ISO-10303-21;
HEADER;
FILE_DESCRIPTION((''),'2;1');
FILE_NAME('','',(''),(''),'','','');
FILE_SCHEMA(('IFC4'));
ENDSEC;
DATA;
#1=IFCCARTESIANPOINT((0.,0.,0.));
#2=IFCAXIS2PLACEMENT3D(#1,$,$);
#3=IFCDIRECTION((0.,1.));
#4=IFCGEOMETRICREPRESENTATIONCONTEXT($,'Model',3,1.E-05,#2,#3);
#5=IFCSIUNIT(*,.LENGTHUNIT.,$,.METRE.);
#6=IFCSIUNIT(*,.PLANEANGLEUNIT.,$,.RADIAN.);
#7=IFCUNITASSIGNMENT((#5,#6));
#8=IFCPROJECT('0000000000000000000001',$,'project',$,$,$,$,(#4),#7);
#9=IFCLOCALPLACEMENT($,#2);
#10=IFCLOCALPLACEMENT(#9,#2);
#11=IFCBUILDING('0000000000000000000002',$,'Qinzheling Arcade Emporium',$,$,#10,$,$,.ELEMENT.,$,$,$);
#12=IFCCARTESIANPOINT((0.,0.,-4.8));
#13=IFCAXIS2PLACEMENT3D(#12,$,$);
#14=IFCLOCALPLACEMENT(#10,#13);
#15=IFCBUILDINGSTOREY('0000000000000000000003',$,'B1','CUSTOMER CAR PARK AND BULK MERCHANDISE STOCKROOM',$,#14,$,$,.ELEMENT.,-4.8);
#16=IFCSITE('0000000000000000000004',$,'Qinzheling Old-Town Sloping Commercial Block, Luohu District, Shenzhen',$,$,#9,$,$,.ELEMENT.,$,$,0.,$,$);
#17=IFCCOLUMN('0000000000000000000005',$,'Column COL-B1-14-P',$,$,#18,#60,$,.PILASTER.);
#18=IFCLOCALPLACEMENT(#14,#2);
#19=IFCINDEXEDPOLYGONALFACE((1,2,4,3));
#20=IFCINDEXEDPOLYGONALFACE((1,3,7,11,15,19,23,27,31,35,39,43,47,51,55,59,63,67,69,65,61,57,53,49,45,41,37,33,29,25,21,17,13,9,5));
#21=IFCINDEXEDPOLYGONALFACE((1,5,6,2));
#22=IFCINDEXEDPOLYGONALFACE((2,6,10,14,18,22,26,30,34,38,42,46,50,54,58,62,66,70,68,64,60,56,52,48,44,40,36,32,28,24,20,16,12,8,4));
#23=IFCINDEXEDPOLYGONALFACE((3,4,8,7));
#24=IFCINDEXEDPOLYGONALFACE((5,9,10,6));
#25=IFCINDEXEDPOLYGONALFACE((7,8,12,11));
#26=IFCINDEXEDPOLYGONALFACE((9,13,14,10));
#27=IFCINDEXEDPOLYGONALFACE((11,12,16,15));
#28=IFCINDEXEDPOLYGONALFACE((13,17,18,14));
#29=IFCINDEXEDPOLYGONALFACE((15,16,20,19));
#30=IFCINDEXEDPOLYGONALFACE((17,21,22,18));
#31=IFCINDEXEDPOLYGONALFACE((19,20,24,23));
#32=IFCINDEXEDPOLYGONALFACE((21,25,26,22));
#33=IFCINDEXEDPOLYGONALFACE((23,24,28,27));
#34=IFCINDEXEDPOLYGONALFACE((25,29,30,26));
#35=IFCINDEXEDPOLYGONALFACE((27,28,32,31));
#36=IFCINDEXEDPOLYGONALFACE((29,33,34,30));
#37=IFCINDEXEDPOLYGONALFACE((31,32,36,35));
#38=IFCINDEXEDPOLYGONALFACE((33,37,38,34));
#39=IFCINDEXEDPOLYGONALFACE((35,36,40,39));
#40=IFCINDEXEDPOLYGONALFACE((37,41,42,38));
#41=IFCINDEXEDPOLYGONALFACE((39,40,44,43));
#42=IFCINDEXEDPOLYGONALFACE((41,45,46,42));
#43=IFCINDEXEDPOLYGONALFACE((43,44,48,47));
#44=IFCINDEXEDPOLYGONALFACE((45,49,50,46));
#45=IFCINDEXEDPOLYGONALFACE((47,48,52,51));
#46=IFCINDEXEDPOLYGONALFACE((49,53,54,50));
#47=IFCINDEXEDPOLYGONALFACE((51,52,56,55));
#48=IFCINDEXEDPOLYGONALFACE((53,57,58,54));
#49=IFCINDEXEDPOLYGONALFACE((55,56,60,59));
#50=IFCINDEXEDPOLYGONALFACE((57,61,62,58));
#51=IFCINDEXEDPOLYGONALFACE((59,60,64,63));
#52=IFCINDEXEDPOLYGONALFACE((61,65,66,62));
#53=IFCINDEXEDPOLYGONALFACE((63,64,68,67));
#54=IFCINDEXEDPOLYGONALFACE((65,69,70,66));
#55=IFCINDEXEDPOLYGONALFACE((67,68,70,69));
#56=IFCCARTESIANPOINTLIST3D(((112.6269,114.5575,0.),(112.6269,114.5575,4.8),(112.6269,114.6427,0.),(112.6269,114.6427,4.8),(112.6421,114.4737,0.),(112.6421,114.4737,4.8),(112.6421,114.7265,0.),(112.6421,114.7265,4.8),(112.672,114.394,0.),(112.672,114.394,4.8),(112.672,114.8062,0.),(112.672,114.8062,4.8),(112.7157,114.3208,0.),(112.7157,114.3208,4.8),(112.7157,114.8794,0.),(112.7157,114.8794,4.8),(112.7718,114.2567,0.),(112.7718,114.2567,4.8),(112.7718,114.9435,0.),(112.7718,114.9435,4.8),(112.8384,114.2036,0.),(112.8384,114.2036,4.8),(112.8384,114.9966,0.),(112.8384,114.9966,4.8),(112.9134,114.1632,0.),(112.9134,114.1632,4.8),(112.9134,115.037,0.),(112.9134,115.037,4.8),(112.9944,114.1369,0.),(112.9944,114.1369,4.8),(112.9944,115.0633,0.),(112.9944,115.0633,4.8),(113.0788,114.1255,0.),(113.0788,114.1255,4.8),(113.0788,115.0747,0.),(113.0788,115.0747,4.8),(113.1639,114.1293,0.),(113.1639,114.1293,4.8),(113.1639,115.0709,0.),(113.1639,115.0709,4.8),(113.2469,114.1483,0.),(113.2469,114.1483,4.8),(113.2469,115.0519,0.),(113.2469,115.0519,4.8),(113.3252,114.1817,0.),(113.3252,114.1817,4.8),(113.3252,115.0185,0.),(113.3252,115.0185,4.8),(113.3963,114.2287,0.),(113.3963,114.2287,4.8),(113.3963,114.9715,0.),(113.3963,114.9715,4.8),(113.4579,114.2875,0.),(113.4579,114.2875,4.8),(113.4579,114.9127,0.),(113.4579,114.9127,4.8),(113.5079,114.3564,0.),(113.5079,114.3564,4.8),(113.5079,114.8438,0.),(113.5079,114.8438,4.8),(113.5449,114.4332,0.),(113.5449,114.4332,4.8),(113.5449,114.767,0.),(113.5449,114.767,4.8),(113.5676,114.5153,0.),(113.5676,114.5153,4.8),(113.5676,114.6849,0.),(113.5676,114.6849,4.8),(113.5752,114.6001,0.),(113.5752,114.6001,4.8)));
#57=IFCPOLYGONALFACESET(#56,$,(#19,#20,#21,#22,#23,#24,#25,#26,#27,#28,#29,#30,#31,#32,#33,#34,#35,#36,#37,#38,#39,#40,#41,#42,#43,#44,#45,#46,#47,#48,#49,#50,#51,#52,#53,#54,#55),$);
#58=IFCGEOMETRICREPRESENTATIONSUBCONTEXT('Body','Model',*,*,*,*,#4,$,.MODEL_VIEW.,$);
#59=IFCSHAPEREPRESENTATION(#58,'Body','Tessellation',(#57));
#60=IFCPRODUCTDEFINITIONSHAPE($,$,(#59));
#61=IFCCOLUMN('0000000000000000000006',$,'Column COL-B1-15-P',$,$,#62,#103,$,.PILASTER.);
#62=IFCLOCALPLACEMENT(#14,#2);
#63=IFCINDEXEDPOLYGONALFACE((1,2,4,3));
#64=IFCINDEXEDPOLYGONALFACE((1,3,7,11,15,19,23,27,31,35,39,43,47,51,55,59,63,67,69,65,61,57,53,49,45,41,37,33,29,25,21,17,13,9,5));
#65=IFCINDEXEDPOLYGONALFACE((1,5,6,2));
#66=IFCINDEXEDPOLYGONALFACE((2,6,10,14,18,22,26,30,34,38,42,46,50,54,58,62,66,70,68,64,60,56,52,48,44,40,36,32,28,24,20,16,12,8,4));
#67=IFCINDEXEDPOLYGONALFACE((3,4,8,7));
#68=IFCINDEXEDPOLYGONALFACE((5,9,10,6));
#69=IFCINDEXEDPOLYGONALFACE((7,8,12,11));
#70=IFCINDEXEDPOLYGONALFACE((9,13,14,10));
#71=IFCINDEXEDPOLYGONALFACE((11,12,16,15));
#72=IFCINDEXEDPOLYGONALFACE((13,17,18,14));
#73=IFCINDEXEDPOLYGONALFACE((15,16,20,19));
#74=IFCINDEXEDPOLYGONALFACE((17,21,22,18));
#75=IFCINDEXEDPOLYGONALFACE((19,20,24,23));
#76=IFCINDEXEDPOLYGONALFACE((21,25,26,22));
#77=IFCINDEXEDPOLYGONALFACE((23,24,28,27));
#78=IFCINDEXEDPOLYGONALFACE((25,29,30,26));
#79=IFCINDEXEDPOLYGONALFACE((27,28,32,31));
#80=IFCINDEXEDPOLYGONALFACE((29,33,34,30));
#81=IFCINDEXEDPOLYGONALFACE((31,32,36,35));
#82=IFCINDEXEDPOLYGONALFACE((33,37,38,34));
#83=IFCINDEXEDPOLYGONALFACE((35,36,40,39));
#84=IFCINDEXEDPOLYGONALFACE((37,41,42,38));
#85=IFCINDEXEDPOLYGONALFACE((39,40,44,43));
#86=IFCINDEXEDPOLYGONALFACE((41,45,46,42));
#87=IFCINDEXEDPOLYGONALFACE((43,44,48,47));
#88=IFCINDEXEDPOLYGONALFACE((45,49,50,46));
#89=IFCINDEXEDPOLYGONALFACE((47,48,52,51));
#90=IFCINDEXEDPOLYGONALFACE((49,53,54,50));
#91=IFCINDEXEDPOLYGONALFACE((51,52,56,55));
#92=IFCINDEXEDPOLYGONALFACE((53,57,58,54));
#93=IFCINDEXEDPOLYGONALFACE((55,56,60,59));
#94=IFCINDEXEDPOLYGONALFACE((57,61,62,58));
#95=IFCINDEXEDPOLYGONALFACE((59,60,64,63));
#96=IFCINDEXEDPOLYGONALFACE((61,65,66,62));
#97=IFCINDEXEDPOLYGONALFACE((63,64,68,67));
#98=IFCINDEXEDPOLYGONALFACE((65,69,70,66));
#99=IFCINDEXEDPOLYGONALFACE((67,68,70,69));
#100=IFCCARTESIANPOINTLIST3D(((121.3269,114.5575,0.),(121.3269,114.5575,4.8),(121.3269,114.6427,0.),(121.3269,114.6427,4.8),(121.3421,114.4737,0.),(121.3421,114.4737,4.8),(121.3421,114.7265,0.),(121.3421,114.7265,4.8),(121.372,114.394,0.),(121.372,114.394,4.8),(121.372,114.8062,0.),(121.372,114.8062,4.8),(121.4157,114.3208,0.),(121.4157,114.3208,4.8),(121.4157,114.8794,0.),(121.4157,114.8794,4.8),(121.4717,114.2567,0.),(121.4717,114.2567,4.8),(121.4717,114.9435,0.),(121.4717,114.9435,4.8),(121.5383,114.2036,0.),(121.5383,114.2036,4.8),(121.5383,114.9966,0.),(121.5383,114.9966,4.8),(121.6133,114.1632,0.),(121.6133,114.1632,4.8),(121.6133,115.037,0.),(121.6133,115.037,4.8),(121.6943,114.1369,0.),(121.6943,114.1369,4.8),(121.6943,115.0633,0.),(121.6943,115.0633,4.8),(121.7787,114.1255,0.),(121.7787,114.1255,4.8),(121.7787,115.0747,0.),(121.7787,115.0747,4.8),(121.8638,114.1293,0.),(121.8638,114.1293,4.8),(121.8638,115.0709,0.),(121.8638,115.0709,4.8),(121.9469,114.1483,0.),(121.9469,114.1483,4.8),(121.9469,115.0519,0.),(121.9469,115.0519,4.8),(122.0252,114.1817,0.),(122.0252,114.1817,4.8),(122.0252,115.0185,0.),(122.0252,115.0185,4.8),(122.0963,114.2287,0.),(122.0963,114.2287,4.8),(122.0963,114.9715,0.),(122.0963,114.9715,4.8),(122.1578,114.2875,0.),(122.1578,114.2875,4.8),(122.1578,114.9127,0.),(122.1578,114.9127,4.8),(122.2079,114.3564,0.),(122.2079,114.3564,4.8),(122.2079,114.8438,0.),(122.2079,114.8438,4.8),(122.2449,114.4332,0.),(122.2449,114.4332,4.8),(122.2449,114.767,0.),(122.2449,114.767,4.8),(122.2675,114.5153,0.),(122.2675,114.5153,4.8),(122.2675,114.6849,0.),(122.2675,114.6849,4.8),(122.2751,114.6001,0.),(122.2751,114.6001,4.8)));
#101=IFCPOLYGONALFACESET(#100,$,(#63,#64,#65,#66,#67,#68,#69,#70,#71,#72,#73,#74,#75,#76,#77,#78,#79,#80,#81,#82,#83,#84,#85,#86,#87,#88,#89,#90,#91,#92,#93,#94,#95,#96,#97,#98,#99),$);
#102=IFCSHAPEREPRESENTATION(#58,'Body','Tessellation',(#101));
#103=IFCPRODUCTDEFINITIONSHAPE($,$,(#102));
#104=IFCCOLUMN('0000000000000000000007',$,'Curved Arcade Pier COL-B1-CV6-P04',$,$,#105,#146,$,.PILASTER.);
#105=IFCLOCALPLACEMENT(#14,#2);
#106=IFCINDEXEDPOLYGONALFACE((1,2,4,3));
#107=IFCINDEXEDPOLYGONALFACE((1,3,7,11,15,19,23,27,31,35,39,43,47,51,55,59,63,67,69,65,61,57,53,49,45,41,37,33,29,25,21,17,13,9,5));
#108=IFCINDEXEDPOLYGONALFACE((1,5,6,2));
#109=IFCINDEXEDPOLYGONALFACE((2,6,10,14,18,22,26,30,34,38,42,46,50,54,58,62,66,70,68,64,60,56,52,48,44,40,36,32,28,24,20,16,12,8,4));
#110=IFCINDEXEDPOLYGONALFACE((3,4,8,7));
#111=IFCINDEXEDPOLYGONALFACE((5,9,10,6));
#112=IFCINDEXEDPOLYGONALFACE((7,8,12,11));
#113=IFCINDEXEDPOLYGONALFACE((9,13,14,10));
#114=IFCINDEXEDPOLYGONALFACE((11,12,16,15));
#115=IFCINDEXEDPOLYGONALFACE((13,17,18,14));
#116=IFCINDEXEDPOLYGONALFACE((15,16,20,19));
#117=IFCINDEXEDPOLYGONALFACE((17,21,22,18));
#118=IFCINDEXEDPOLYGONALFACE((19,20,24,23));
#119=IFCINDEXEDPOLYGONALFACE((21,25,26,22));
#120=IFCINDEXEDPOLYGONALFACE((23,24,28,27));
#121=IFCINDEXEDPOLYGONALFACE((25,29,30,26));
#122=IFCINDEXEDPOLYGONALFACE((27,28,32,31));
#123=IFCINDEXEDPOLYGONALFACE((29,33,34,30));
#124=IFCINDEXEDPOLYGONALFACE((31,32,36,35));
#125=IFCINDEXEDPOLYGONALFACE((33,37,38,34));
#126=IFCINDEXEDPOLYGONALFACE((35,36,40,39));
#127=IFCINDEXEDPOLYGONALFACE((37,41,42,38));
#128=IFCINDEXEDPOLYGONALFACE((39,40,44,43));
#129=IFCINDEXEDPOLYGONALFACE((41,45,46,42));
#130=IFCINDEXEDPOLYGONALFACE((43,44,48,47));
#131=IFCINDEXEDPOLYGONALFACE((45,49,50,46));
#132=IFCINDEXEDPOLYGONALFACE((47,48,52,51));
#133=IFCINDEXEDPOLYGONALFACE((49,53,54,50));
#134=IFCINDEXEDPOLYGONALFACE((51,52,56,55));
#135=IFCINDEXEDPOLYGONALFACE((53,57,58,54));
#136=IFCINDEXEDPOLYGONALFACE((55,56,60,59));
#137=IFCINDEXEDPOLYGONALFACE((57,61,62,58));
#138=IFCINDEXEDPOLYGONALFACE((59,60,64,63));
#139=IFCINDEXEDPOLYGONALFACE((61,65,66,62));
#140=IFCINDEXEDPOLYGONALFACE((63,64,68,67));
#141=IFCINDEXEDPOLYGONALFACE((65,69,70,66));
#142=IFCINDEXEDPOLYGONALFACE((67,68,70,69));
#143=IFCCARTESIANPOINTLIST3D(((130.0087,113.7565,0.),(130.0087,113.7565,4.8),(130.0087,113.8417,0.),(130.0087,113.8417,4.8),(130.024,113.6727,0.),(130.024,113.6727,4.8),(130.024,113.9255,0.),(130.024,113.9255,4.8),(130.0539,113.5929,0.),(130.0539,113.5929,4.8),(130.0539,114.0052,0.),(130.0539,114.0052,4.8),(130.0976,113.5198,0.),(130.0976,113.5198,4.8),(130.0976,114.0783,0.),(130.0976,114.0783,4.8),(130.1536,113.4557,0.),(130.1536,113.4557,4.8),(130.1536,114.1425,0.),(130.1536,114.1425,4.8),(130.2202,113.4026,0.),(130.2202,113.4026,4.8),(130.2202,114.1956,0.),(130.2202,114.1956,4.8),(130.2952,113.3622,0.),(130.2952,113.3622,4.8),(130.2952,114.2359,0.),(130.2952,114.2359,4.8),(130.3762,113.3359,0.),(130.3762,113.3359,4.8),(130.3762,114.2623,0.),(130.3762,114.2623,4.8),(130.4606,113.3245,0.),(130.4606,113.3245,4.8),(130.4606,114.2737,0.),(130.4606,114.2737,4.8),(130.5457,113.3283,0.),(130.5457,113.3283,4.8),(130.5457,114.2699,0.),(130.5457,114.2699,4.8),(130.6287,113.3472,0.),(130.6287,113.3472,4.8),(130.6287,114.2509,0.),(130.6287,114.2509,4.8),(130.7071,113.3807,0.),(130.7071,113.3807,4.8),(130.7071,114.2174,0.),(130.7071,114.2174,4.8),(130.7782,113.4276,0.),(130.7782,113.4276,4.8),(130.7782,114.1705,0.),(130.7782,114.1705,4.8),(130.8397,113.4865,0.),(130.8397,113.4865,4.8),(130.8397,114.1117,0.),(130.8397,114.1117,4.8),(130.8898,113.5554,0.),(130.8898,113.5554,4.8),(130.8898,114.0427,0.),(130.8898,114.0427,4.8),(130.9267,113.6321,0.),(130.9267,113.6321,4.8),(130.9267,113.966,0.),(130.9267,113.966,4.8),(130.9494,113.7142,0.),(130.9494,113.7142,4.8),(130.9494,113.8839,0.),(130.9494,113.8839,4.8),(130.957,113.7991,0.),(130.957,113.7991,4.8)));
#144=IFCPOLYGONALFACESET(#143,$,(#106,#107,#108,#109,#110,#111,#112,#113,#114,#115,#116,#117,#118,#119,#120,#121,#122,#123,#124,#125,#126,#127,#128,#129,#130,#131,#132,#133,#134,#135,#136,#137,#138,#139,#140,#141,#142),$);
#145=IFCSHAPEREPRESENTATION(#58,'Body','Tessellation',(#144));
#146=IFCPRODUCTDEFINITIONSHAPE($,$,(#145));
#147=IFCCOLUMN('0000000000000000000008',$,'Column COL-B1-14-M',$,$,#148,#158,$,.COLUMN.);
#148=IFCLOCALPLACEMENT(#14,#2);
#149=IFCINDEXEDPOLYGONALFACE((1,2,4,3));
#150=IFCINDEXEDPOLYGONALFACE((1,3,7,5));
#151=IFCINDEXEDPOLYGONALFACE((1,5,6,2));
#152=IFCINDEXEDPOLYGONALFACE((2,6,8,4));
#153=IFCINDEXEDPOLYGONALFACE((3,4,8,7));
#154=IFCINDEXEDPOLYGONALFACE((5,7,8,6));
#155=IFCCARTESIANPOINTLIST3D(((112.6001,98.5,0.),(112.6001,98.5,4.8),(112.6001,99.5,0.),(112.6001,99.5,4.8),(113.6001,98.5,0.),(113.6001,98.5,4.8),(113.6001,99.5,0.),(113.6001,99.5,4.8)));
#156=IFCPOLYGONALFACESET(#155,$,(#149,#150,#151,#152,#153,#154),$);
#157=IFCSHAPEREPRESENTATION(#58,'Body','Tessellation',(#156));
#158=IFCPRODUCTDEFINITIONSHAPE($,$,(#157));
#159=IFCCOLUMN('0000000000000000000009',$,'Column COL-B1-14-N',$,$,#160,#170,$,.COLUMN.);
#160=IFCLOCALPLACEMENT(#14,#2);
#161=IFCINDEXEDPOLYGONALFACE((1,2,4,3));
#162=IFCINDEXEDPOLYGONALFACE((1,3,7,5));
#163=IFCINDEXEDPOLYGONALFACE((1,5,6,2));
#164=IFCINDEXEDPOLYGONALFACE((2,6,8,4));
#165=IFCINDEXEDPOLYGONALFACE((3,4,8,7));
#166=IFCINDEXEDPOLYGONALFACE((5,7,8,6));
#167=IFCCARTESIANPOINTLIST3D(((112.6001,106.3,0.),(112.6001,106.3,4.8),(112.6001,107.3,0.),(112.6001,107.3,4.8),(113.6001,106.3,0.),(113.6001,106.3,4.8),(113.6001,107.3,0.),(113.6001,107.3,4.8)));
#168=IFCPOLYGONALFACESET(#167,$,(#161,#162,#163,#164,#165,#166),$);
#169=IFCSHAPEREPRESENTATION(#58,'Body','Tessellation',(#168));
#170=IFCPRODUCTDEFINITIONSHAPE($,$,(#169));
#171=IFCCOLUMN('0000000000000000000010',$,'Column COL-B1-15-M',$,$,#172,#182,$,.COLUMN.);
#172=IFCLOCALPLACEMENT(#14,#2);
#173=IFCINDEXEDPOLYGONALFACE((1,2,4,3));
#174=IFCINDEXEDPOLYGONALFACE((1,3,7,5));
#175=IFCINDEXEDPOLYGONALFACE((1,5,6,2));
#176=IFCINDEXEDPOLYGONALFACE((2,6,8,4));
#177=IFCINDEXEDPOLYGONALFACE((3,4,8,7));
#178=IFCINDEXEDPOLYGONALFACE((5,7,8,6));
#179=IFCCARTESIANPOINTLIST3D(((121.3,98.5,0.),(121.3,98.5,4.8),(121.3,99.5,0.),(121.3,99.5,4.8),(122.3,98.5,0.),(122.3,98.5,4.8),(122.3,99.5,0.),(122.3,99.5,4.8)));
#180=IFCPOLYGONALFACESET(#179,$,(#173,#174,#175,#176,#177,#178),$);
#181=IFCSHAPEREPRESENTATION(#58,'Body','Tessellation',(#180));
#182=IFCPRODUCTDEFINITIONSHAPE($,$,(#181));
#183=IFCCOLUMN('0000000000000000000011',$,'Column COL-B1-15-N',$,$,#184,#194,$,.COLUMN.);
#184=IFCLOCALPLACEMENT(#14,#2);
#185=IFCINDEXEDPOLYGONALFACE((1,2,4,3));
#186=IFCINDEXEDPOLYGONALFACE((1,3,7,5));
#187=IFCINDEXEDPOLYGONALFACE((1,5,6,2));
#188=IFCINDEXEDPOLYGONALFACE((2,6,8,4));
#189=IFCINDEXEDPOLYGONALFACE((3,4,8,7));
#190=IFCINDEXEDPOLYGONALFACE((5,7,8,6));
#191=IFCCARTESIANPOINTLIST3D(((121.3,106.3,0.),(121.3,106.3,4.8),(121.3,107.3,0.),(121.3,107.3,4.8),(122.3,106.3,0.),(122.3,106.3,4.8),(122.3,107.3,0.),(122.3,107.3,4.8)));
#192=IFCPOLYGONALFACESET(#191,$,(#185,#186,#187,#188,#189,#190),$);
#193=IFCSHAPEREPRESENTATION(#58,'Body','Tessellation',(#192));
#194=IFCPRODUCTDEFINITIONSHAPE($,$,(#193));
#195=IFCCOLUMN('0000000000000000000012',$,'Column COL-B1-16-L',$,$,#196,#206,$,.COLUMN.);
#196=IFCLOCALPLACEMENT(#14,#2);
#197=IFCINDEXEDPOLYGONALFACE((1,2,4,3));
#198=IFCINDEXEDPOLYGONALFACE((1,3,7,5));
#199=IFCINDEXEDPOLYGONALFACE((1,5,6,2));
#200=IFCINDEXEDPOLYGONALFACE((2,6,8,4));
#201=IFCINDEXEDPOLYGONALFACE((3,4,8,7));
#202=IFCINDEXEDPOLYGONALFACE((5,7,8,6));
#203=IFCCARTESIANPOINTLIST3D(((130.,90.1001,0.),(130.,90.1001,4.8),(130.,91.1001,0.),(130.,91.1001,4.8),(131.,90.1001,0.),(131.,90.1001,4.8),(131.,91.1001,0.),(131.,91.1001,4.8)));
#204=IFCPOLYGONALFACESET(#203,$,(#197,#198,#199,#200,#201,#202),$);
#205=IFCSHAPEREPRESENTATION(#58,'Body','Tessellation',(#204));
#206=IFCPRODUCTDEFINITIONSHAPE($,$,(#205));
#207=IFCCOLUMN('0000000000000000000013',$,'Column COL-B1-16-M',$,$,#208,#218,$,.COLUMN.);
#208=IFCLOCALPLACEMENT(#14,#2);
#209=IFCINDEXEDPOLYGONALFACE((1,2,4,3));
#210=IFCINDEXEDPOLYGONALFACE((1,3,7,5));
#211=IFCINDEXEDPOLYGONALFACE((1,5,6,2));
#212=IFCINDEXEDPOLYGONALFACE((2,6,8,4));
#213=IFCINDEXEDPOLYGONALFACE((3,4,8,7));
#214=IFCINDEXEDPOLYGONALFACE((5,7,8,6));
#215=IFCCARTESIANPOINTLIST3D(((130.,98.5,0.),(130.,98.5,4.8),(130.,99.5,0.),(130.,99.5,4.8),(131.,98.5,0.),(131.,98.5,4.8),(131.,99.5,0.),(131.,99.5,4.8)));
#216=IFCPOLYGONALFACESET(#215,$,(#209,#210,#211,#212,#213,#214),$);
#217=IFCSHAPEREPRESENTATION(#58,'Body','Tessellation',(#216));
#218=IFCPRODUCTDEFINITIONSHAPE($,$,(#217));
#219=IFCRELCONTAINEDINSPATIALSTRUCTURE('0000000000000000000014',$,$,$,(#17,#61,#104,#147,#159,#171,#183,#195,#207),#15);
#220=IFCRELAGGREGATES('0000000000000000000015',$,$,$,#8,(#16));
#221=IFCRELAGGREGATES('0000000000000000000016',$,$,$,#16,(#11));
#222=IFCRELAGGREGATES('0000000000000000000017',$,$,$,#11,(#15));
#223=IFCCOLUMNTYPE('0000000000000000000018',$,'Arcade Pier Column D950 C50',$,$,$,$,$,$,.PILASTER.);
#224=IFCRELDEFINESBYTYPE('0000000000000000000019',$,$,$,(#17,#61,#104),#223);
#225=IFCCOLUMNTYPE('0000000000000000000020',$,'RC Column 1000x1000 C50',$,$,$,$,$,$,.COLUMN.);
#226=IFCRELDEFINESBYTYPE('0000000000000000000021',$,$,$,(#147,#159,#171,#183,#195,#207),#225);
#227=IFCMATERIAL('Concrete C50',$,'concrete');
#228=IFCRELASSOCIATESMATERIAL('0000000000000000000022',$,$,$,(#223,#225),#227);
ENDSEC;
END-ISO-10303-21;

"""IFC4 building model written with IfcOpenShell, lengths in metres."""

from ifc_helpers import new_model, si_unit, direction, frame, origin, origin_2d, place, context, subcontext, project, spatial, rectangle, circle, extrude, material, material_profile, profile_set, type_object, element, save


model = new_model("IFC4")

# Units and contexts
model_context = context("Model", 3, precision=1e-05, world=origin(), true_north=direction((0.0, 1.0)))
body_context = subcontext(model_context, "Body", "Model", "MODEL_VIEW")
ifc_project = project(units=[si_unit("LENGTHUNIT", "METRE"), si_unit("PLANEANGLEUNIT", "RADIAN")], contexts=[model_context])

# Site, building, storey
site_placement = place(None, origin())
site = spatial("IfcSite", under=ifc_project, at=site_placement, Name="Qinzheling Old-Town Sloping Commercial Block, Luohu District, Shenzhen", CompositionType="ELEMENT", RefElevation=0.0)
building_placement = place(site_placement, origin())
building = spatial("IfcBuilding", under=site, at=building_placement, Name="Qinzheling Arcade Emporium", CompositionType="ELEMENT")
storey_placement = place(building_placement, frame((0.0, 0.0, -4.8)))
storey = spatial("IfcBuildingStorey", under=building, at=storey_placement, Name="B1", Description="CUSTOMER CAR PARK AND BULK MERCHANDISE STOCKROOM", CompositionType="ELEMENT", Elevation=-4.8)

# Columns
ifc_material_1 = material(Name="Concrete C50", Category="concrete")
ifc_material_profile_1 = material_profile(ifc_material_1, circle(Radius=0.4751, at=origin_2d()), Name="RC D950", Category="concrete")
ifc_profile_set_1 = profile_set([ifc_material_profile_1], Name="Concrete C50")
column_type_1 = type_object("IfcColumnType", Name="Arcade Pier Column D950 C50", PredefinedType="PILASTER", material=ifc_profile_set_1)
for number, where, z_axis, x_axis, name in (
    (1, (113.1001, 114.6001, 0.0), (0.0, 0.0, 1.0), (1.0, 0.0, 0.0), "Column COL-B1-14-P"),
    (2, (121.8, 114.6001, 0.0), (0.0, 0.0, 1.0), (1.0, 0.0, 0.0), "Column COL-B1-15-P"),
    (3, (130.4819, 113.7991, 0.0), (0.0, 0.0, 1.0), (1.0, 0.0, 0.0), "Curved Arcade Pier COL-B1-CV6-P04"),
):
    element("IfcColumn", number, at=place(storey_placement, frame(where, z_axis=z_axis, x_axis=x_axis)), inside=storey, type_object=column_type_1, Name=name, PredefinedType="PILASTER", context=body_context, shape_type="SweptSolid", body=[
        extrude(circle(Radius=0.4751, at=origin_2d()), origin(), (0.0, 0.0, 1.0), 4.8),
    ])
ifc_material_profile_2 = material_profile(ifc_material_1, rectangle(XDim=1.0, YDim=1.0, at=origin_2d()), Name="RC 1000x1000", Category="concrete")
ifc_profile_set_2 = profile_set([ifc_material_profile_2], Name="Concrete C50")
column_type_2 = type_object("IfcColumnType", Name="RC Column 1000x1000 C50", PredefinedType="COLUMN", material=ifc_profile_set_2)
for number, where, z_axis, x_axis, name in (
    (4, (113.1001, 99.0, 0.0), (0.0, 0.0, 1.0), (1.0, 0.0, 0.0), "Column COL-B1-14-M"),
    (5, (113.1001, 106.8, 0.0), (0.0, 0.0, 1.0), (1.0, 0.0, 0.0), "Column COL-B1-14-N"),
    (6, (121.8, 99.0, 0.0), (0.0, 0.0, 1.0), (1.0, 0.0, 0.0), "Column COL-B1-15-M"),
    (7, (121.8, 106.8, 0.0), (0.0, 0.0, 1.0), (1.0, 0.0, 0.0), "Column COL-B1-15-N"),
    (8, (130.5, 90.6001, 0.0), (0.0, 0.0, 1.0), (1.0, 0.0, 0.0), "Column COL-B1-16-L"),
    (9, (130.5, 99.0, 0.0), (0.0, 0.0, 1.0), (1.0, 0.0, 0.0), "Column COL-B1-16-M"),
):
    element("IfcColumn", number, at=place(storey_placement, frame(where, z_axis=z_axis, x_axis=x_axis)), inside=storey, type_object=column_type_2, Name=name, PredefinedType="COLUMN", context=body_context, shape_type="SweptSolid", body=[
        extrude(rectangle(XDim=1.0, YDim=1.0, at=origin_2d()), origin(), (0.0, 0.0, 1.0), 4.8),
    ])

save(model, "model.ifc")
